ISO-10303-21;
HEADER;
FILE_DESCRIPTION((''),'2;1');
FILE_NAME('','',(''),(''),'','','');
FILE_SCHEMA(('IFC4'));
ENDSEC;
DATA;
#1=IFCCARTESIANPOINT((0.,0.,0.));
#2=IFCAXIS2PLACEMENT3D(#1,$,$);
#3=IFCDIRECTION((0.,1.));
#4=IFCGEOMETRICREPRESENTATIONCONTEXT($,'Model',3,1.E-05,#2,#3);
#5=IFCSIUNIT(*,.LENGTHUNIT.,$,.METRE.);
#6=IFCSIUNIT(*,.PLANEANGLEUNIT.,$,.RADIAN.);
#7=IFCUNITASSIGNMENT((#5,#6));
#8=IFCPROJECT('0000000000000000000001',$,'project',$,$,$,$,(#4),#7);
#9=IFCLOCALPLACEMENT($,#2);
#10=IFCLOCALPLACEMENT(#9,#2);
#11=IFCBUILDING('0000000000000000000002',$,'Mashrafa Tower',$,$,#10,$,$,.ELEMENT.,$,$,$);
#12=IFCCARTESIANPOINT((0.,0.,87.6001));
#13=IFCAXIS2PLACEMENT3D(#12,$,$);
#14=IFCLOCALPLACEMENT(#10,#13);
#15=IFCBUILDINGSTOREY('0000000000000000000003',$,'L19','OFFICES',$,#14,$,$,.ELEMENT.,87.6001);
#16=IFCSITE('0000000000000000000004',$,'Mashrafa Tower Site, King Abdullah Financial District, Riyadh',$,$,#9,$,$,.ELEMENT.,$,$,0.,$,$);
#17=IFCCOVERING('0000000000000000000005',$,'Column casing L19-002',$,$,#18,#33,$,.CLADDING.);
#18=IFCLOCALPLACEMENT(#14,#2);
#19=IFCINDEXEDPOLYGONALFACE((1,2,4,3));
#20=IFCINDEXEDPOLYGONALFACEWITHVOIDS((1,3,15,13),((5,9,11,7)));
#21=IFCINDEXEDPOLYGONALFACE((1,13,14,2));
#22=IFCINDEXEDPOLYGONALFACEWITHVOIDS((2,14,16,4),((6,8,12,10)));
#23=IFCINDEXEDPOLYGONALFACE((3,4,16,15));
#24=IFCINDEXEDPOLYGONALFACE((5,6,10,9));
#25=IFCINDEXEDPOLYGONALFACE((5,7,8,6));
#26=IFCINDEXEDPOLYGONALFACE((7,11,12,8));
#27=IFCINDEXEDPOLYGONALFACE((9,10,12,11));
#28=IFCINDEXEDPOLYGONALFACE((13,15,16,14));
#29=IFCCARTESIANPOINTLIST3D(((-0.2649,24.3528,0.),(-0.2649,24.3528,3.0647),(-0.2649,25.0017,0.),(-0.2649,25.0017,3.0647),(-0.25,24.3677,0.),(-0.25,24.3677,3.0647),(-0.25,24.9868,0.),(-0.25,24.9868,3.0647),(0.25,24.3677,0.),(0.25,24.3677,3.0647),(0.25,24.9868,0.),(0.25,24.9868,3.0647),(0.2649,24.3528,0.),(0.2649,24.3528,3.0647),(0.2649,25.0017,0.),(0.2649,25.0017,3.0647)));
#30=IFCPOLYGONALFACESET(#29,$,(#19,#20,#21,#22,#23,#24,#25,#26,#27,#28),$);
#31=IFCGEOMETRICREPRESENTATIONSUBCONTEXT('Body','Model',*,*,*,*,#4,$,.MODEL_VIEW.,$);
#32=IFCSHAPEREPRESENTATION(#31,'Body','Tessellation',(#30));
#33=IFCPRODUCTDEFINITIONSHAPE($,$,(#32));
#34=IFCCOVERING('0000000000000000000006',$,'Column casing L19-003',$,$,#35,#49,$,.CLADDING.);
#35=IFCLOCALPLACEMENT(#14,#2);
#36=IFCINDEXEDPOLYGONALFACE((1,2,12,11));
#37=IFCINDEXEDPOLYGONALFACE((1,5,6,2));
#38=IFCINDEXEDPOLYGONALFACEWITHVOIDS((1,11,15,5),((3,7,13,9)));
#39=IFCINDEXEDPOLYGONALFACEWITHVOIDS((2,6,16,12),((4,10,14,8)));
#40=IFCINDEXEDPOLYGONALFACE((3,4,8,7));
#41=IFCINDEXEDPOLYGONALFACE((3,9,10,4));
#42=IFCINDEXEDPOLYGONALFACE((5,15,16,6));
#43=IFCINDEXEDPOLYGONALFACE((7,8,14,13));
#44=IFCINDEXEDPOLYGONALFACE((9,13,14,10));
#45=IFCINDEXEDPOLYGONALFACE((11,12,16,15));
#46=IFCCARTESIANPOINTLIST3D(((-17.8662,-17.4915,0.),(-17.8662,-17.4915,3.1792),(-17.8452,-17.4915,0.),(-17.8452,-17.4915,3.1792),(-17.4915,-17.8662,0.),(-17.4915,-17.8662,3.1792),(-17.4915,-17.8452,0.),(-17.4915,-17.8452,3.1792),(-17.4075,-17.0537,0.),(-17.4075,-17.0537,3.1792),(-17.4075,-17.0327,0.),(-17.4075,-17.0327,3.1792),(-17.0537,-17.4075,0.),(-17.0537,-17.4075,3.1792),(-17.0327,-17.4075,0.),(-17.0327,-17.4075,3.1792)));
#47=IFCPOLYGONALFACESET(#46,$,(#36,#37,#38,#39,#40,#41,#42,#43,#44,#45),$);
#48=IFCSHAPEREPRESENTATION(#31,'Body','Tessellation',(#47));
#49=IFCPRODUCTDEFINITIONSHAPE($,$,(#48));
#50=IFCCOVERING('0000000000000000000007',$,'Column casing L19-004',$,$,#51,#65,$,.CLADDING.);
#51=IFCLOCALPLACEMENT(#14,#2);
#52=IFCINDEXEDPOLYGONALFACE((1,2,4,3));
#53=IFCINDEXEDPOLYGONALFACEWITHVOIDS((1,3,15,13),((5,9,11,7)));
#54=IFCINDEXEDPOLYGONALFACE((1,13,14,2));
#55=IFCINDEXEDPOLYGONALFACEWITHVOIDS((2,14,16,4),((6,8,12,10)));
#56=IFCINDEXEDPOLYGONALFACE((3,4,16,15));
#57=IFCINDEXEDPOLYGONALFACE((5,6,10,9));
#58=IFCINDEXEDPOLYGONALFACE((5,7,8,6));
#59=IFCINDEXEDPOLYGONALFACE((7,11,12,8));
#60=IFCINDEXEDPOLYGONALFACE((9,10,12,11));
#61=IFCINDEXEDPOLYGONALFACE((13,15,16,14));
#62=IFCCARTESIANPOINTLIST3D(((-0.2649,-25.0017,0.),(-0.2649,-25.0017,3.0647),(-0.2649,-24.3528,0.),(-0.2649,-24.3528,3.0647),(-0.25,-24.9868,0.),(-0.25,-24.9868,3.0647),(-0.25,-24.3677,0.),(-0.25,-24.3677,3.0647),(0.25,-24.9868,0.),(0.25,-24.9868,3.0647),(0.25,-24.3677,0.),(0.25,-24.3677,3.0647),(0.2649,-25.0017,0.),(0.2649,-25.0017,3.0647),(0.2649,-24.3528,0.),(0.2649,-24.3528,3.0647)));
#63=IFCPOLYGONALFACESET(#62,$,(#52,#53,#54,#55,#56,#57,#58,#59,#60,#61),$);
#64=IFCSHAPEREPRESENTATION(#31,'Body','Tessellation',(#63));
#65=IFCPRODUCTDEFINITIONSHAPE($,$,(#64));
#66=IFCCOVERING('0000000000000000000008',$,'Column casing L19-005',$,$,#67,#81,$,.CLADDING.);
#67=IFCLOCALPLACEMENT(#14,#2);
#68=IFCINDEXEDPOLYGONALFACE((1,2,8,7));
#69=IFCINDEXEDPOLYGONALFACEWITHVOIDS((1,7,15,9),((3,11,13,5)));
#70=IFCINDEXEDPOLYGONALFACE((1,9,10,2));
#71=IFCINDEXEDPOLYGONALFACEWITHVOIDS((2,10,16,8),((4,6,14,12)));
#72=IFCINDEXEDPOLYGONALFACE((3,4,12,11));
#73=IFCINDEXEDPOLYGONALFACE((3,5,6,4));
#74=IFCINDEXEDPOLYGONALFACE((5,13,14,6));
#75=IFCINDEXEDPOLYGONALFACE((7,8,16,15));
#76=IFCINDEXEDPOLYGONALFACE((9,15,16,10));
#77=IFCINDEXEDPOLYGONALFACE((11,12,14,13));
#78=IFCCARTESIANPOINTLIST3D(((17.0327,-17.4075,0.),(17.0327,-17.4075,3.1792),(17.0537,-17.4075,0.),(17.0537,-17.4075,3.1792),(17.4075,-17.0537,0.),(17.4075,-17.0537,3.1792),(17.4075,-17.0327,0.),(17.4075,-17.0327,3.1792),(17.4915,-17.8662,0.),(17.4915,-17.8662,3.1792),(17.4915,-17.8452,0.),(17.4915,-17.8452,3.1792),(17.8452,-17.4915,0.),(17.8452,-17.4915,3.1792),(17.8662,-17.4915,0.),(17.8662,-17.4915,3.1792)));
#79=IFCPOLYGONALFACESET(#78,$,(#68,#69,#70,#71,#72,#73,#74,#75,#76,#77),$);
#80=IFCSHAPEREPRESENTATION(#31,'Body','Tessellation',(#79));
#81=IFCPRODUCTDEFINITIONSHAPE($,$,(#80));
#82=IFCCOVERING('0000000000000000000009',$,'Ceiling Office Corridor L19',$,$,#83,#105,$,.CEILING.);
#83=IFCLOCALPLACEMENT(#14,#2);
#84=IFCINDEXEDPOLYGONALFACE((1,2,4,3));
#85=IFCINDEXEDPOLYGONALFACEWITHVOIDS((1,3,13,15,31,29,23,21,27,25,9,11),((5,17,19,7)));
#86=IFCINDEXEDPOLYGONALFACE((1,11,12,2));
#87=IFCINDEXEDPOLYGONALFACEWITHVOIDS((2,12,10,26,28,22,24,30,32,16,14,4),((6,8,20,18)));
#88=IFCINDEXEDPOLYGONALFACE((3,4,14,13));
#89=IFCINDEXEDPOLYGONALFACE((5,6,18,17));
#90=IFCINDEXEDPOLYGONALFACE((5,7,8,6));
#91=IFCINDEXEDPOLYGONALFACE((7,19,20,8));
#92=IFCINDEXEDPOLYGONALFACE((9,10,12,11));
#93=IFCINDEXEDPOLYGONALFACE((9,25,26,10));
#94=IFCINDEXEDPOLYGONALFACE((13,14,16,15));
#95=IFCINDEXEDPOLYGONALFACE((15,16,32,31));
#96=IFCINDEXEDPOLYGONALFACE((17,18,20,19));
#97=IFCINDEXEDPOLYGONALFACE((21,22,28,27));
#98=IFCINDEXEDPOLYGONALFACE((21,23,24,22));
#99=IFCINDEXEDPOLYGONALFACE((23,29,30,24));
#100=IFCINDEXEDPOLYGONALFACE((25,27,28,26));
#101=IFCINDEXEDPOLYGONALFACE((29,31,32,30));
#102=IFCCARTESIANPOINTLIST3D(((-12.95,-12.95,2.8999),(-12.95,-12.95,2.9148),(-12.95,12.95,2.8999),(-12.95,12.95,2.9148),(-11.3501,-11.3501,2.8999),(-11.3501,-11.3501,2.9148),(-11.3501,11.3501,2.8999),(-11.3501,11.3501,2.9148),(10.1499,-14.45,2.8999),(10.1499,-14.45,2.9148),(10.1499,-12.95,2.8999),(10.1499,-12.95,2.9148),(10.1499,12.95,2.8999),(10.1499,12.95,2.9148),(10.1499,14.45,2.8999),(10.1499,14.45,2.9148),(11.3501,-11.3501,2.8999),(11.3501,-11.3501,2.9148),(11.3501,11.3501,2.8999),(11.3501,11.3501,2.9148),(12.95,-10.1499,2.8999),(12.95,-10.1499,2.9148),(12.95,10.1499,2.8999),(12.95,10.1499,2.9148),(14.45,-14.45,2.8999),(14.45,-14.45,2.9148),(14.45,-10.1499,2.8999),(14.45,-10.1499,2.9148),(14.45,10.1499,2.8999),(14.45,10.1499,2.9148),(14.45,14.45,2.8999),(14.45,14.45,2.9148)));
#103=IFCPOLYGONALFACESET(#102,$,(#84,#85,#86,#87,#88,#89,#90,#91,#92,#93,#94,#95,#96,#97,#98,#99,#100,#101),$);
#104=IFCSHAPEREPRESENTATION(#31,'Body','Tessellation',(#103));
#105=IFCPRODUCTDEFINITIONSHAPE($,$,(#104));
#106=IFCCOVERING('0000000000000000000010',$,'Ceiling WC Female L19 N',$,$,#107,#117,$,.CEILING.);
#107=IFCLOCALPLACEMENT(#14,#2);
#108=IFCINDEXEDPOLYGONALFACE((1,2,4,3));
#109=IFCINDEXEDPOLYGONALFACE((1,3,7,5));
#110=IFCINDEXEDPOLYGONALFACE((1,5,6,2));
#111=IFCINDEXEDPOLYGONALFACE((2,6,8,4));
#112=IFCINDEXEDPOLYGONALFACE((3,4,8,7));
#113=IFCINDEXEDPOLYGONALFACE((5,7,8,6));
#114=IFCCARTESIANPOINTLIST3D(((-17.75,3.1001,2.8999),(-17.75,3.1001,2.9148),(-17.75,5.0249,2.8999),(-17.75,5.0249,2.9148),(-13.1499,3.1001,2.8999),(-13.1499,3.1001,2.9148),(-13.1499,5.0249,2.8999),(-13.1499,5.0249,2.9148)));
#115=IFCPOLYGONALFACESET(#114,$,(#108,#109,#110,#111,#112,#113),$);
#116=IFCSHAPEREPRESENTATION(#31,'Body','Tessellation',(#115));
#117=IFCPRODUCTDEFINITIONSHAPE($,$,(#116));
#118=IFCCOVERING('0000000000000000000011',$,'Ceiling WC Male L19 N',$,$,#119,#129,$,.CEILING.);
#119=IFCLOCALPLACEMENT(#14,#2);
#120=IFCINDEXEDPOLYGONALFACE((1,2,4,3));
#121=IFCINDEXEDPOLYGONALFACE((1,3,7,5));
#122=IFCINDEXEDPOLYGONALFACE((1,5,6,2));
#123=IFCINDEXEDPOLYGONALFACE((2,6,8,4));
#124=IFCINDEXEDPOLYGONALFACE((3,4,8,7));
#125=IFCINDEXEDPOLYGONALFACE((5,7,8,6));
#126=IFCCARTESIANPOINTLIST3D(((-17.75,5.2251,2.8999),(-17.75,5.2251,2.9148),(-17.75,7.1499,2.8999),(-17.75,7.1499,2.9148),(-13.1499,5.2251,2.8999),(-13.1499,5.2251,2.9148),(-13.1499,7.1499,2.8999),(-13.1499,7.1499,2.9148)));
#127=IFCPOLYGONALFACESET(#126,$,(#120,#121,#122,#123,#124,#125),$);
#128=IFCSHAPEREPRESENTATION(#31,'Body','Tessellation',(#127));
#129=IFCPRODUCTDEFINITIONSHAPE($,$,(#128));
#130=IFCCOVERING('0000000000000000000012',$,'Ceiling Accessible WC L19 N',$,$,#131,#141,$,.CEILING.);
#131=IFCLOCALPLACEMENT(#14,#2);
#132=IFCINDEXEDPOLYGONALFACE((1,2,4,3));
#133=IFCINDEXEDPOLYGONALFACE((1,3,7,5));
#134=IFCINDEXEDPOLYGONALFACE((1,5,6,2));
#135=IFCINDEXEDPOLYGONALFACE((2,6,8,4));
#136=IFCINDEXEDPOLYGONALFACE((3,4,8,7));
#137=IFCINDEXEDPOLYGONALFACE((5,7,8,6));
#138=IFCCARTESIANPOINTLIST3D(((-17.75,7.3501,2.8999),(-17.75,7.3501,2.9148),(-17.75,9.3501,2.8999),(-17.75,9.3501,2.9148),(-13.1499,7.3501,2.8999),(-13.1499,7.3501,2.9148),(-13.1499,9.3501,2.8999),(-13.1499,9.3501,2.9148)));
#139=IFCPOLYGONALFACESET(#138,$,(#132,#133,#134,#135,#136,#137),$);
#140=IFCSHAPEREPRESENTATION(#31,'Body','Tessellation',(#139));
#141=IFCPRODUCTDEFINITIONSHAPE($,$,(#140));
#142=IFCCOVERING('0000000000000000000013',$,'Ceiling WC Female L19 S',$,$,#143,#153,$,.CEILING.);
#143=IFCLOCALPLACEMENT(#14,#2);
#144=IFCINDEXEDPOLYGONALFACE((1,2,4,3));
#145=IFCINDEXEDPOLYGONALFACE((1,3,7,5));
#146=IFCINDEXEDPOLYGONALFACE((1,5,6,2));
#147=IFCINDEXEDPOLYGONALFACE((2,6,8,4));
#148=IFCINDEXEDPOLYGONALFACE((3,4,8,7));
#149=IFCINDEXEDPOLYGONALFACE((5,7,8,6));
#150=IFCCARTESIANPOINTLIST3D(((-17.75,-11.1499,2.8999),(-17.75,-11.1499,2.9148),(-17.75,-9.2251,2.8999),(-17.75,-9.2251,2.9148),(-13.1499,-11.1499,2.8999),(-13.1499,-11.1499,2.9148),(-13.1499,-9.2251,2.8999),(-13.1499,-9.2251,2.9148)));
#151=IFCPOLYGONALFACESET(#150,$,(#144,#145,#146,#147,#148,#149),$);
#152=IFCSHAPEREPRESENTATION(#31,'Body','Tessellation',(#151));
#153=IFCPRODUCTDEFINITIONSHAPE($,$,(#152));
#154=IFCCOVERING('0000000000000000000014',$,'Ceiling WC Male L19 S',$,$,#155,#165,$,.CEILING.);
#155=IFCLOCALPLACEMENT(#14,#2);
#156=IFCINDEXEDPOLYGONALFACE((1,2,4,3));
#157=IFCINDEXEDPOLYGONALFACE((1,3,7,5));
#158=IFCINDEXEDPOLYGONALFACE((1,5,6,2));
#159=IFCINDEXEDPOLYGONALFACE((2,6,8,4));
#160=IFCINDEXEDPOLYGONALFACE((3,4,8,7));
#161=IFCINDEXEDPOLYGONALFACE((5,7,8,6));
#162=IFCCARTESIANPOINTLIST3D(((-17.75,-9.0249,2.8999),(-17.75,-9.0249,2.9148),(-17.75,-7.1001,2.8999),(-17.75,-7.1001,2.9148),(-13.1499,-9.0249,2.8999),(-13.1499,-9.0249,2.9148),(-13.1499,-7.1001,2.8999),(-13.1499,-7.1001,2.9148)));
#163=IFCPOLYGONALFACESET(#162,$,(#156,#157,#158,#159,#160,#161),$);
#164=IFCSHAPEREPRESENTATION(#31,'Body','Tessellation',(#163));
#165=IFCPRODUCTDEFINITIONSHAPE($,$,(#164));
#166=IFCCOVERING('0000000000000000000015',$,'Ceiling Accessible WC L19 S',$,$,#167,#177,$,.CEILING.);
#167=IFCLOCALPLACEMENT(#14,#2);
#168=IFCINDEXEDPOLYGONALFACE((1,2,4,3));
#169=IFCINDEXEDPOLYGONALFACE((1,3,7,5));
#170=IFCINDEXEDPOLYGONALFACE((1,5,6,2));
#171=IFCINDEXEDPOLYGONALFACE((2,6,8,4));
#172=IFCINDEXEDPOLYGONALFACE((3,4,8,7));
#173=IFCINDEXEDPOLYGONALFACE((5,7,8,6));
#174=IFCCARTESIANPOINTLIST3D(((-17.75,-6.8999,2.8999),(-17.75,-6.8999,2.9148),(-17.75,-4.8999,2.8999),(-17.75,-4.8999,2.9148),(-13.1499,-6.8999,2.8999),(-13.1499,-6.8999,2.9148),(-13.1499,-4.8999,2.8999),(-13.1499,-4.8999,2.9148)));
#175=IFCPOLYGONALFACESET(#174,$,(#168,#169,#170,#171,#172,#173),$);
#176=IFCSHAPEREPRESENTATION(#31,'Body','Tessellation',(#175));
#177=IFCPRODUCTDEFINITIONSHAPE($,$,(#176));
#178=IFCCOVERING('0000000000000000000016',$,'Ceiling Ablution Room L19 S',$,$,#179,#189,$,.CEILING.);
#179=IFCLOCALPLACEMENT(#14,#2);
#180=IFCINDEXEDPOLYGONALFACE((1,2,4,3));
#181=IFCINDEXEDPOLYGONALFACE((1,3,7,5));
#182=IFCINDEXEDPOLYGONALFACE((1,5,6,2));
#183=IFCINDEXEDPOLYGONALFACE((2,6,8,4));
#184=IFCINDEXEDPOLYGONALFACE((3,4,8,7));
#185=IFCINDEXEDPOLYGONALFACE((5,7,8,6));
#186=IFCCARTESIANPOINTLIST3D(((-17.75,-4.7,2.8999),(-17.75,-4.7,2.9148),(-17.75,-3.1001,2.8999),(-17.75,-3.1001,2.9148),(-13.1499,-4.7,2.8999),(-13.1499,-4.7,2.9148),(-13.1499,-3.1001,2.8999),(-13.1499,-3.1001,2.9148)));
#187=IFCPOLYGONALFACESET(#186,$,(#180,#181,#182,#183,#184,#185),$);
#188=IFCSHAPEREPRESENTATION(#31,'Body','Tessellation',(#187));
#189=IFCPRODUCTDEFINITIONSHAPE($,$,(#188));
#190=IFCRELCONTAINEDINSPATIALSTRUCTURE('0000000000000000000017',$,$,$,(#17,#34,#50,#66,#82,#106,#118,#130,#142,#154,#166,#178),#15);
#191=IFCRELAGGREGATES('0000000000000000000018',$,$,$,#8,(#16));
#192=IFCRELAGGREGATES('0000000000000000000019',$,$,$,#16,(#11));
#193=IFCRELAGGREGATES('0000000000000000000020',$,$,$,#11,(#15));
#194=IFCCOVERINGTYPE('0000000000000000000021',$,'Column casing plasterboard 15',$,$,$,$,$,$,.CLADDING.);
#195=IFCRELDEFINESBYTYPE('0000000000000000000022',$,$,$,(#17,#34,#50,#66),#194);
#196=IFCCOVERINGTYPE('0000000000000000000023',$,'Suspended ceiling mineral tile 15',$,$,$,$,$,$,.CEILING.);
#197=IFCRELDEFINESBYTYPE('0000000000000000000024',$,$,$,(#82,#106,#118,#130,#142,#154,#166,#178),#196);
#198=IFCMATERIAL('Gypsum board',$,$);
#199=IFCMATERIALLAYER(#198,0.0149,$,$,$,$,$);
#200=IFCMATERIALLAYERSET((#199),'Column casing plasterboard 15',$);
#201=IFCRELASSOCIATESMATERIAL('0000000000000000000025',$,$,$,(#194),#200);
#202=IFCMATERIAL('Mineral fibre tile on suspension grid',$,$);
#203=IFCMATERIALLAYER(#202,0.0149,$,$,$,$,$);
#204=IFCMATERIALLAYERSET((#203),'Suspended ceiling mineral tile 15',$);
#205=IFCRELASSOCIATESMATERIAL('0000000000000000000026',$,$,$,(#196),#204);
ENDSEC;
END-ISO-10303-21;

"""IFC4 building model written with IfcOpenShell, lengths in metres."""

from ifc_helpers import new_model, si_unit, direction, frame, origin, place, context, subcontext, project, spatial, polyline, outline, extrude, material, layer, layer_set, type_object, element, save


model = new_model("IFC4")

# Units and contexts
model_context = context("Model", 3, precision=1e-05, world=origin(), true_north=direction((0.0, 1.0)))
body_context = subcontext(model_context, "Body", "Model", "MODEL_VIEW")
ifc_project = project(units=[si_unit("LENGTHUNIT", "METRE"), si_unit("PLANEANGLEUNIT", "RADIAN")], contexts=[model_context])

# Site, building, storey
site_placement = place(None, origin())
site = spatial("IfcSite", under=ifc_project, at=site_placement, Name="Mashrafa Tower Site, King Abdullah Financial District, Riyadh", CompositionType="ELEMENT", RefElevation=0.0)
building_placement = place(site_placement, origin())
building = spatial("IfcBuilding", under=site, at=building_placement, Name="Mashrafa Tower", CompositionType="ELEMENT")
storey_placement = place(building_placement, frame((0.0, 0.0, 87.6001)))
storey = spatial("IfcBuildingStorey", under=building, at=storey_placement, Name="L19", Description="OFFICES", CompositionType="ELEMENT", Elevation=87.6001)

# Coverings
ifc_material_1 = material(Name="Gypsum board")
ifc_layer_1 = layer(ifc_material_1, 0.0149)
ifc_layer_set_1 = layer_set([ifc_layer_1], Name="Column casing plasterboard 15")
covering_type_1 = type_object("IfcCoveringType", Name="Column casing plasterboard 15", PredefinedType="CLADDING", material=ifc_layer_set_1)
covering_1_placement = place(storey_placement, origin())
element("IfcCovering", 1, at=covering_1_placement, inside=storey, type_object=covering_type_1, Name="Column casing L19-002", PredefinedType="CLADDING", context=body_context, shape_type="SweptSolid", body=[
    extrude(outline(polyline([(-0.2649, 25.0017), (0.2649, 25.0017), (0.2649, 24.3528), (-0.2649, 24.3528), (-0.2649, 25.0017)]), holes=[polyline([(0.25, 24.3677), (0.25, 24.9868), (-0.25, 24.9868), (-0.25, 24.3677), (0.25, 24.3677)])]), origin(), (0.0, 0.0, 1.0), 3.0647),
])
covering_2_placement = place(storey_placement, origin())
element("IfcCovering", 2, at=covering_2_placement, inside=storey, type_object=covering_type_1, Name="Column casing L19-003", PredefinedType="CLADDING", context=body_context, shape_type="SweptSolid", body=[
    extrude(outline(polyline([(-17.8662, -17.4915), (-17.4075, -17.0327), (-17.0327, -17.4075), (-17.4915, -17.8662), (-17.8662, -17.4915)]), holes=[polyline([(-17.0537, -17.4075), (-17.4075, -17.0537), (-17.8452, -17.4915), (-17.4915, -17.8452), (-17.0537, -17.4075)])]), origin(), (0.0, 0.0, 1.0), 3.1792),
])
covering_3_placement = place(storey_placement, origin())
element("IfcCovering", 3, at=covering_3_placement, inside=storey, type_object=covering_type_1, Name="Column casing L19-004", PredefinedType="CLADDING", context=body_context, shape_type="SweptSolid", body=[
    extrude(outline(polyline([(-0.2649, -24.3528), (0.2649, -24.3528), (0.2649, -25.0017), (-0.2649, -25.0017), (-0.2649, -24.3528)]), holes=[polyline([(0.25, -24.9868), (0.25, -24.3677), (-0.25, -24.3677), (-0.25, -24.9868), (0.25, -24.9868)])]), origin(), (0.0, 0.0, 1.0), 3.0647),
])
covering_4_placement = place(storey_placement, origin())
element("IfcCovering", 4, at=covering_4_placement, inside=storey, type_object=covering_type_1, Name="Column casing L19-005", PredefinedType="CLADDING", context=body_context, shape_type="SweptSolid", body=[
    extrude(outline(polyline([(17.0327, -17.4075), (17.4075, -17.0327), (17.8662, -17.4915), (17.4915, -17.8662), (17.0327, -17.4075)]), holes=[polyline([(17.8452, -17.4915), (17.4075, -17.0537), (17.0537, -17.4075), (17.4915, -17.8452), (17.8452, -17.4915)])]), origin(), (0.0, 0.0, 1.0), 3.1792),
])
ifc_material_2 = material(Name="Mineral fibre tile on suspension grid")
ifc_layer_2 = layer(ifc_material_2, 0.0149)
ifc_layer_set_2 = layer_set([ifc_layer_2], Name="Suspended ceiling mineral tile 15")
covering_type_2 = type_object("IfcCoveringType", Name="Suspended ceiling mineral tile 15", PredefinedType="CEILING", material=ifc_layer_set_2)
covering_5_placement = place(storey_placement, frame((0.0, 0.0, 2.8999)))
element("IfcCovering", 5, at=covering_5_placement, inside=storey, type_object=covering_type_2, Name="Ceiling Office Corridor L19", PredefinedType="CEILING", context=body_context, shape_type="SweptSolid", body=[
    extrude(outline(polyline([(14.45, -10.1499), (14.45, -14.45), (10.1499, -14.45), (10.1499, -12.95), (-12.95, -12.95), (-12.95, 12.95), (10.1499, 12.95), (10.1499, 14.45), (14.45, 14.45), (14.45, 10.1499), (12.95, 10.1499), (12.95, -10.1499), (14.45, -10.1499)]), holes=[polyline([(11.3501, 11.3501), (-11.3501, 11.3501), (-11.3501, -11.3501), (11.3501, -11.3501), (11.3501, 11.3501)])]), origin(), (0.0, 0.0, 1.0), 0.0149),
])
covering_6_placement = place(storey_placement, frame((0.0, 0.0, 2.8999)))
element("IfcCovering", 6, at=covering_6_placement, inside=storey, type_object=covering_type_2, Name="Ceiling WC Female L19 N", PredefinedType="CEILING", context=body_context, shape_type="SweptSolid", body=[
    extrude(outline(polyline([(-17.75, 3.1001), (-17.75, 5.0249), (-13.1499, 5.0249), (-13.1499, 3.1001), (-17.75, 3.1001)])), origin(), (0.0, 0.0, 1.0), 0.0149),
])
covering_7_placement = place(storey_placement, frame((0.0, 0.0, 2.8999)))
element("IfcCovering", 7, at=covering_7_placement, inside=storey, type_object=covering_type_2, Name="Ceiling WC Male L19 N", PredefinedType="CEILING", context=body_context, shape_type="SweptSolid", body=[
    extrude(outline(polyline([(-17.75, 5.2251), (-17.75, 7.1499), (-13.1499, 7.1499), (-13.1499, 5.2251), (-17.75, 5.2251)])), origin(), (0.0, 0.0, 1.0), 0.0149),
])
covering_8_placement = place(storey_placement, frame((0.0, 0.0, 2.8999)))
element("IfcCovering", 8, at=covering_8_placement, inside=storey, type_object=covering_type_2, Name="Ceiling Accessible WC L19 N", PredefinedType="CEILING", context=body_context, shape_type="SweptSolid", body=[
    extrude(outline(polyline([(-17.75, 7.3501), (-17.75, 9.3501), (-13.1499, 9.3501), (-13.1499, 7.3501), (-17.75, 7.3501)])), origin(), (0.0, 0.0, 1.0), 0.0149),
])
covering_9_placement = place(storey_placement, frame((0.0, 0.0, 2.8999)))
element("IfcCovering", 9, at=covering_9_placement, inside=storey, type_object=covering_type_2, Name="Ceiling WC Female L19 S", PredefinedType="CEILING", context=body_context, shape_type="SweptSolid", body=[
    extrude(outline(polyline([(-17.75, -11.1499), (-17.75, -9.2251), (-13.1499, -9.2251), (-13.1499, -11.1499), (-17.75, -11.1499)])), origin(), (0.0, 0.0, 1.0), 0.0149),
])
covering_10_placement = place(storey_placement, frame((0.0, 0.0, 2.8999)))
element("IfcCovering", 10, at=covering_10_placement, inside=storey, type_object=covering_type_2, Name="Ceiling WC Male L19 S", PredefinedType="CEILING", context=body_context, shape_type="SweptSolid", body=[
    extrude(outline(polyline([(-17.75, -9.0249), (-17.75, -7.1001), (-13.1499, -7.1001), (-13.1499, -9.0249), (-17.75, -9.0249)])), origin(), (0.0, 0.0, 1.0), 0.0149),
])
covering_11_placement = place(storey_placement, frame((0.0, 0.0, 2.8999)))
element("IfcCovering", 11, at=covering_11_placement, inside=storey, type_object=covering_type_2, Name="Ceiling Accessible WC L19 S", PredefinedType="CEILING", context=body_context, shape_type="SweptSolid", body=[
    extrude(outline(polyline([(-17.75, -6.8999), (-17.75, -4.8999), (-13.1499, -4.8999), (-13.1499, -6.8999), (-17.75, -6.8999)])), origin(), (0.0, 0.0, 1.0), 0.0149),
])
covering_12_placement = place(storey_placement, frame((0.0, 0.0, 2.8999)))
element("IfcCovering", 12, at=covering_12_placement, inside=storey, type_object=covering_type_2, Name="Ceiling Ablution Room L19 S", PredefinedType="CEILING", context=body_context, shape_type="SweptSolid", body=[
    extrude(outline(polyline([(-17.75, -4.7), (-17.75, -3.1001), (-13.1499, -3.1001), (-13.1499, -4.7), (-17.75, -4.7)])), origin(), (0.0, 0.0, 1.0), 0.0149),
])

save(model, "model.ifc")
